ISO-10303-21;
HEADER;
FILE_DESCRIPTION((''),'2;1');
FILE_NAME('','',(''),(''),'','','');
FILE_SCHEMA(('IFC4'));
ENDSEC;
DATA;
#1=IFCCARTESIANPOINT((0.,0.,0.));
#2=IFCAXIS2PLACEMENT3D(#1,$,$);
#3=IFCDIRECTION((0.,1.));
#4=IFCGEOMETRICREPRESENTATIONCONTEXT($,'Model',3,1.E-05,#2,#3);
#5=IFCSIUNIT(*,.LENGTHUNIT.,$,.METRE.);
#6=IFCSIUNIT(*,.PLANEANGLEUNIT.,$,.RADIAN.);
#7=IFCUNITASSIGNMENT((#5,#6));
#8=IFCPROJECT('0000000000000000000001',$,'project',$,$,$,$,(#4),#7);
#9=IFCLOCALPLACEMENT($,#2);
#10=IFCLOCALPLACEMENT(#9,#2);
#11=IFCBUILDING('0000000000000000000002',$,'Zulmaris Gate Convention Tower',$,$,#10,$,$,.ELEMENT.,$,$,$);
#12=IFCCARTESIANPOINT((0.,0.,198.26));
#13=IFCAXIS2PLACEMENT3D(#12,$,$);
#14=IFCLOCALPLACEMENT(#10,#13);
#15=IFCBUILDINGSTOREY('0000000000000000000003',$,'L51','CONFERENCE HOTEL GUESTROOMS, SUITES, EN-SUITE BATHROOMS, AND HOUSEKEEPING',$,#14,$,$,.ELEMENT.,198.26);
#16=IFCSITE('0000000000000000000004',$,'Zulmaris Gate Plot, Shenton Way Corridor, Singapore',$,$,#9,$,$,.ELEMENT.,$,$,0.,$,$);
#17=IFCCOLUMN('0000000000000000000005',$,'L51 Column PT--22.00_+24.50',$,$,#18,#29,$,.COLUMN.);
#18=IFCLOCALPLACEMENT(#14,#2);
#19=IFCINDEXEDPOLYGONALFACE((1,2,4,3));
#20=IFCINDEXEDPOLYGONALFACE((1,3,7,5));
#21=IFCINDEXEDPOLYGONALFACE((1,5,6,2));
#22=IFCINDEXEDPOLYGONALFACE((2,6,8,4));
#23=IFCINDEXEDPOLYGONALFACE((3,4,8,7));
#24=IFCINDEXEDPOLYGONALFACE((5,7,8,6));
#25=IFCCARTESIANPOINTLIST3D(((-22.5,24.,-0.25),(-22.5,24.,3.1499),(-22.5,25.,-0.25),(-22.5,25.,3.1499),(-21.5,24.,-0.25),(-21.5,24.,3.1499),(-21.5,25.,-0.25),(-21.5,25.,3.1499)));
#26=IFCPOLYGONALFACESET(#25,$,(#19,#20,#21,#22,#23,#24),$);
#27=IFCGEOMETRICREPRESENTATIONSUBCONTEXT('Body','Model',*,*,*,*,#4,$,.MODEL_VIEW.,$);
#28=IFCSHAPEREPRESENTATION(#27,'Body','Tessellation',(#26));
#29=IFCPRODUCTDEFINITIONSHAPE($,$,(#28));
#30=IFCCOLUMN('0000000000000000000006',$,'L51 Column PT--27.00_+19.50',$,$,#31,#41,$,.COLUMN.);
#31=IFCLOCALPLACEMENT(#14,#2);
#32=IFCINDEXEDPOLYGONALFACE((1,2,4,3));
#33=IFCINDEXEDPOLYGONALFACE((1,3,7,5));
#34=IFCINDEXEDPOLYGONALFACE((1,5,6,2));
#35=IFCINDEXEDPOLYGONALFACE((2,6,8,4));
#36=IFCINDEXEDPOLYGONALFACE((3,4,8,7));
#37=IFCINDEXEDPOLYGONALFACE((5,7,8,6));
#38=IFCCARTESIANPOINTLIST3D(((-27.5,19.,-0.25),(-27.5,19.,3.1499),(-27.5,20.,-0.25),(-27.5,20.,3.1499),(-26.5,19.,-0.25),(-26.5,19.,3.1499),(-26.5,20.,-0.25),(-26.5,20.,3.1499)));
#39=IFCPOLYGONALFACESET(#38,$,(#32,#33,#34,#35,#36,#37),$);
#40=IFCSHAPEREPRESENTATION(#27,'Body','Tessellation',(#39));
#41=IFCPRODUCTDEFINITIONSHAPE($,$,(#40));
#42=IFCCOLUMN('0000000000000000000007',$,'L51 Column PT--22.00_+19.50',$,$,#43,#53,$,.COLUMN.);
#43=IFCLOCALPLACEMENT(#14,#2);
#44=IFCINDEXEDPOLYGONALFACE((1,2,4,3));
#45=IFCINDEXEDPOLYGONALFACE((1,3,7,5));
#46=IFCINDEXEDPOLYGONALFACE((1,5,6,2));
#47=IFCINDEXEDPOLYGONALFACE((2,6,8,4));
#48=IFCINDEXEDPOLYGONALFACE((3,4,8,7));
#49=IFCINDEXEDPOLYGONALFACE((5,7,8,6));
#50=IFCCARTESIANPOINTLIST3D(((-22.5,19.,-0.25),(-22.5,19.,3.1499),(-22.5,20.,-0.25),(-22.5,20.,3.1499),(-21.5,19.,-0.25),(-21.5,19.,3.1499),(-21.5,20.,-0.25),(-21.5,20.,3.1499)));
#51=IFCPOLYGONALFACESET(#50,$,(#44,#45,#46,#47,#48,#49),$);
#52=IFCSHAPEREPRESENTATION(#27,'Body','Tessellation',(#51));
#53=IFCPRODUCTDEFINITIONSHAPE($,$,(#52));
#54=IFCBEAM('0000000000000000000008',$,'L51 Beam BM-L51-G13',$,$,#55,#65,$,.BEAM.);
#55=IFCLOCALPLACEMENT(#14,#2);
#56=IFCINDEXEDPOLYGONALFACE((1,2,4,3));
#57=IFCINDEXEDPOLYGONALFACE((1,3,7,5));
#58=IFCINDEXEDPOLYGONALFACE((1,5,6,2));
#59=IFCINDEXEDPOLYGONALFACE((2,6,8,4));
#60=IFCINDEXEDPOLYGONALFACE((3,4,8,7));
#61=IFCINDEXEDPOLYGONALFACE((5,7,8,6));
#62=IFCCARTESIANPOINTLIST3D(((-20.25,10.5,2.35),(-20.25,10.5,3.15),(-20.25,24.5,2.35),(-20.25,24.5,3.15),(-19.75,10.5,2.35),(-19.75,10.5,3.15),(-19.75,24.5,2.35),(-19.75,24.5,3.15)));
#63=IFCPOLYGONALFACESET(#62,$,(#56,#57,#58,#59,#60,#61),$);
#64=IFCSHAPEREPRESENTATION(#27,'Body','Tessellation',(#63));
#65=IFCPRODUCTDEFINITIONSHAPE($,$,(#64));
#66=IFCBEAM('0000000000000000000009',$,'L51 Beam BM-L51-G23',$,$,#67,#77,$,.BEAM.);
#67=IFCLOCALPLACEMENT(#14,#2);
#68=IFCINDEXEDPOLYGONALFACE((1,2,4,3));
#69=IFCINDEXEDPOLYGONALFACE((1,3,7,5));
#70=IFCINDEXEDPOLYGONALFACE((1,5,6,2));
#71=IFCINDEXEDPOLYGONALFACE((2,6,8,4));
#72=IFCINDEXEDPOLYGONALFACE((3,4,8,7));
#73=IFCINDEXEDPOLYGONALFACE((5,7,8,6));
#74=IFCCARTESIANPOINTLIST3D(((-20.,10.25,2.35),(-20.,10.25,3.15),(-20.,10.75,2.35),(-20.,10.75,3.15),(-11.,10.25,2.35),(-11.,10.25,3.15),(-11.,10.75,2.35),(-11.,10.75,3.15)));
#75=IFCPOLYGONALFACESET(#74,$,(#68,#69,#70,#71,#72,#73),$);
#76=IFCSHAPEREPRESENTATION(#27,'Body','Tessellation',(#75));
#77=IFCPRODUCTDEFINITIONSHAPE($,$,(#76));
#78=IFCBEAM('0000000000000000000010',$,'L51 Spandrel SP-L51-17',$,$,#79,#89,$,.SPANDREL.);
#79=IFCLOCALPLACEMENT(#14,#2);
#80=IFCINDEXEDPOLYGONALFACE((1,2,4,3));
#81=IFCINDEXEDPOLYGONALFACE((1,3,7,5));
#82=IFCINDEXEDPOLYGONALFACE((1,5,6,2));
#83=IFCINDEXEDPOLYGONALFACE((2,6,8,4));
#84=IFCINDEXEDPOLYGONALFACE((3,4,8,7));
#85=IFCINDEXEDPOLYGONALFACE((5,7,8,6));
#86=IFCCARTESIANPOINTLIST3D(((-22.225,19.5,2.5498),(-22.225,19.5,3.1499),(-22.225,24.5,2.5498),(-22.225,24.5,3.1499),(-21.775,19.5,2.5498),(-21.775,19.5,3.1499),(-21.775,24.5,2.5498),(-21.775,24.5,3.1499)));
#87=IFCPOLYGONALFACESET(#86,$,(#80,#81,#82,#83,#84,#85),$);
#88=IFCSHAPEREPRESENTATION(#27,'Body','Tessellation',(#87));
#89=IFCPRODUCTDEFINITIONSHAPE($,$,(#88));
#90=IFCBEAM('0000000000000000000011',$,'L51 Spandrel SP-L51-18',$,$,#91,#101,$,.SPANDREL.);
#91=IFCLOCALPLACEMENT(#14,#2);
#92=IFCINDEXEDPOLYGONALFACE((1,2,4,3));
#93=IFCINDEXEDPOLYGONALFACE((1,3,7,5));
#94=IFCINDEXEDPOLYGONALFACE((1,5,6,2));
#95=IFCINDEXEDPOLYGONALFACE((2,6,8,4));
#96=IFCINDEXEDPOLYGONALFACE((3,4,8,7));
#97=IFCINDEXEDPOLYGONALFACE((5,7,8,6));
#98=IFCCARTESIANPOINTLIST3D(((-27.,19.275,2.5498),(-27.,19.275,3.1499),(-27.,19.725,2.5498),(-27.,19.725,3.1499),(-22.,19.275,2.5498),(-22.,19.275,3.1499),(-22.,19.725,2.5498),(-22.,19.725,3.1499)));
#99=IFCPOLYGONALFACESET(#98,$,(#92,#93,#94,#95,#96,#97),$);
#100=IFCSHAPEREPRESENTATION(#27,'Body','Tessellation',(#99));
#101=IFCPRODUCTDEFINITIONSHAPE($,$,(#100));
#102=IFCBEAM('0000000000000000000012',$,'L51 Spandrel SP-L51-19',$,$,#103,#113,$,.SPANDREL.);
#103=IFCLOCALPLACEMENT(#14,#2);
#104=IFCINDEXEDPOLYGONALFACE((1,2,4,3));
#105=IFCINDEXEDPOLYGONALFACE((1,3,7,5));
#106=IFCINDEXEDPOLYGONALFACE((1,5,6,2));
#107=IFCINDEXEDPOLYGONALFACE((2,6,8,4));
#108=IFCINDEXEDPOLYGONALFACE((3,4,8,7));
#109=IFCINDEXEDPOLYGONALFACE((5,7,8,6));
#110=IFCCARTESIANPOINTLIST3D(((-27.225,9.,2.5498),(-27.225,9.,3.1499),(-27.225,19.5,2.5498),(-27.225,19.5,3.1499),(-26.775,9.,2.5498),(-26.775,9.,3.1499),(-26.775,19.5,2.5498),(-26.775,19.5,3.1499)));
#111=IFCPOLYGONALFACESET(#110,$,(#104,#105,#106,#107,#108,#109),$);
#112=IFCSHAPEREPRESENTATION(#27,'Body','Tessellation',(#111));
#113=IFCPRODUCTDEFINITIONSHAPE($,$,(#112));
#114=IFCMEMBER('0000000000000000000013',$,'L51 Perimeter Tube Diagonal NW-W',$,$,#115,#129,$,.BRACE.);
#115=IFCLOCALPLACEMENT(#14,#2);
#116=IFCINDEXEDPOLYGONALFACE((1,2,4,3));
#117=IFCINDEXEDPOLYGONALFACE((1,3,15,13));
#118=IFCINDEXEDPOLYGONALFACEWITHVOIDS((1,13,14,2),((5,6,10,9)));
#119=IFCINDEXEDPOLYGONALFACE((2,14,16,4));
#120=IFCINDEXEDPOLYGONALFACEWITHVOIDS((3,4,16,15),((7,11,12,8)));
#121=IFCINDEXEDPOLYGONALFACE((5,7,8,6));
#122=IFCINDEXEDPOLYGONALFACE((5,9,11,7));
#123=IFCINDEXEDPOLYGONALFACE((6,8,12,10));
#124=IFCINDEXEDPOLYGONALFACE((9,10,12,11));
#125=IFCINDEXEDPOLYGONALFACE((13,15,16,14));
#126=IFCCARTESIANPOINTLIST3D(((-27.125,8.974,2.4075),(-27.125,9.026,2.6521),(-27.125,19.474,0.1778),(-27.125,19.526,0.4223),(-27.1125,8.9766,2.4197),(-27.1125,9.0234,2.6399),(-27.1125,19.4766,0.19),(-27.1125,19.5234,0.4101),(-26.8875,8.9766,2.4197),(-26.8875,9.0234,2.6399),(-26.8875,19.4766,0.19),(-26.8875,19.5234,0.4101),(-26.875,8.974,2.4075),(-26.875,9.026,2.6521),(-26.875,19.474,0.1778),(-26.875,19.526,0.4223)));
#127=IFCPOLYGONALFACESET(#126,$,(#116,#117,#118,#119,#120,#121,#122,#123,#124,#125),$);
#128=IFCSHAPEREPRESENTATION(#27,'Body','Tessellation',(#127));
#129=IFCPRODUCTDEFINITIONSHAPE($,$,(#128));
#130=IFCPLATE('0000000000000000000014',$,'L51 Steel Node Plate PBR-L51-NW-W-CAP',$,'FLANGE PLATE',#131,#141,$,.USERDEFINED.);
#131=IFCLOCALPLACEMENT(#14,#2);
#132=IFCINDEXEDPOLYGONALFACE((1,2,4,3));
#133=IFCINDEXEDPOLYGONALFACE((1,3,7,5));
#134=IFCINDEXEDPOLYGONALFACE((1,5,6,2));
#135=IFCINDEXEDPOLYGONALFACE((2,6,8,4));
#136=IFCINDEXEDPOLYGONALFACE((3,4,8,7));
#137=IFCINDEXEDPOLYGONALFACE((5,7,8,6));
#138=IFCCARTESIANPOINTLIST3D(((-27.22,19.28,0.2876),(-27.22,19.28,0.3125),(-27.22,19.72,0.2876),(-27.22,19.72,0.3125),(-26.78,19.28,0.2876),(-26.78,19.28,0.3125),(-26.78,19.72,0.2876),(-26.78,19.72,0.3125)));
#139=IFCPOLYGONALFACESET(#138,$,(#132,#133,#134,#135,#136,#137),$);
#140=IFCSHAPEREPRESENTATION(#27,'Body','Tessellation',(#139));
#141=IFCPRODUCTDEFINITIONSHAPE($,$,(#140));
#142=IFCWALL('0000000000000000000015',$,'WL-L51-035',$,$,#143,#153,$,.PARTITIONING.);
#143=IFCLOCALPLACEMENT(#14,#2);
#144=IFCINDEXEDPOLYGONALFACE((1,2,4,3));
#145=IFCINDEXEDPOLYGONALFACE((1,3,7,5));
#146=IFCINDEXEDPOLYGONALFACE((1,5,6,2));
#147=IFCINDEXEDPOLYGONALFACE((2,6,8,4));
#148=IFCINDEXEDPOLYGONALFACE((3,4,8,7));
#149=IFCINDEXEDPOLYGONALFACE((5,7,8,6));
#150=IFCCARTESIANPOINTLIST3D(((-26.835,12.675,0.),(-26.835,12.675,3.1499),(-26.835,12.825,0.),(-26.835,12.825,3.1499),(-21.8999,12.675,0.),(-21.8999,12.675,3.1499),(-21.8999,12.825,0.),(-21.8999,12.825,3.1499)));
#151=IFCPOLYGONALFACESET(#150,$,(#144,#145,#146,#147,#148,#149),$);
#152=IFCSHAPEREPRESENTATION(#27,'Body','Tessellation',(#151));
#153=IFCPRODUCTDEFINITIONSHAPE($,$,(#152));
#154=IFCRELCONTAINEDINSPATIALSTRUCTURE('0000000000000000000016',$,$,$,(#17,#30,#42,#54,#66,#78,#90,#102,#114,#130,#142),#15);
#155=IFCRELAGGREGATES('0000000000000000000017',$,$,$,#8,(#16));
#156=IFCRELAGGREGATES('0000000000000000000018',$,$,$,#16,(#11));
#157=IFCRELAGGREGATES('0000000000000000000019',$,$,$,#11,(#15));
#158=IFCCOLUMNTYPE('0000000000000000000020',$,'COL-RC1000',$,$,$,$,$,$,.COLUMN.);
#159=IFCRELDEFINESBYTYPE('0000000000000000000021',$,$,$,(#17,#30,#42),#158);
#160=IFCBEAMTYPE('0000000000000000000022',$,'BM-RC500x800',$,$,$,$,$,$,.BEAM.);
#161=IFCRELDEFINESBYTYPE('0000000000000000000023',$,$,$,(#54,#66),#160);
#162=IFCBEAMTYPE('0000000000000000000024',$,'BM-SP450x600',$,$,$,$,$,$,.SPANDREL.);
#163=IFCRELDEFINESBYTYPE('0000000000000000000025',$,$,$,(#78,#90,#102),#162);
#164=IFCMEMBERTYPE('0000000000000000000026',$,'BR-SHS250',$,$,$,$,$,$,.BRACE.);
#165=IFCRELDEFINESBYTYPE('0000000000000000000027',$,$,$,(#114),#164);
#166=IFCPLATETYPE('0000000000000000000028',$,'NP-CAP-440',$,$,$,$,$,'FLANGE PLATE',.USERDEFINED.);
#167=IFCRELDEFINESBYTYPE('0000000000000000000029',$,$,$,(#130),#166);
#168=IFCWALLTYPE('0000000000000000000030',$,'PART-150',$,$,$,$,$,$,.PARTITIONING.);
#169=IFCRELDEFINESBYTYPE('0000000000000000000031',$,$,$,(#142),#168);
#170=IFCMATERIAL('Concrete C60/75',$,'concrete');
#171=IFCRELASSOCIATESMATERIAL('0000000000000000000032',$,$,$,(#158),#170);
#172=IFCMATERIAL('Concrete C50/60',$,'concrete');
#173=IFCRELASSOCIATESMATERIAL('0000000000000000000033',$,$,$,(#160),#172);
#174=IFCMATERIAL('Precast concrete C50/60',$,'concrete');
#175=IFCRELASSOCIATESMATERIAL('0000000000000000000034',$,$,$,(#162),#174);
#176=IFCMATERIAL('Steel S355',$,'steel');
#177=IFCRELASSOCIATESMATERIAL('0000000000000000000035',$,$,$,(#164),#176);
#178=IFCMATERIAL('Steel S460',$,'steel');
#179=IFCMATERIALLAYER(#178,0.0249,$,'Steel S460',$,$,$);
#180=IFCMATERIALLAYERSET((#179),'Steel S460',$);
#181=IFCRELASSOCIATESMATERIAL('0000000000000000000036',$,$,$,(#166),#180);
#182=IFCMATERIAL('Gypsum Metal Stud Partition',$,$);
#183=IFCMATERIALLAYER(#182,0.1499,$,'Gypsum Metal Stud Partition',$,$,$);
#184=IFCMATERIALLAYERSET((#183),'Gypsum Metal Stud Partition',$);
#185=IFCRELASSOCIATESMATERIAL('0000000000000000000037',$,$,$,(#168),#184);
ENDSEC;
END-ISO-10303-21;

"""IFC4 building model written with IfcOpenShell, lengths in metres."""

from ifc_helpers import new_model, si_unit, direction, frame, frame_2d, origin, origin_2d, place, context, subcontext, project, spatial, rectangle, hollow_rectangle, extrude, material, layer, layer_set, material_profile, profile_set, type_object, element, save


model = new_model("IFC4")

# Units and contexts
model_context = context("Model", 3, precision=1e-05, world=origin(), true_north=direction((0.0, 1.0)))
body_context = subcontext(model_context, "Body", "Model", "MODEL_VIEW")
ifc_project = project(units=[si_unit("LENGTHUNIT", "METRE"), si_unit("PLANEANGLEUNIT", "RADIAN")], contexts=[model_context])

# Site, building, storey
site_placement = place(None, origin())
site = spatial("IfcSite", under=ifc_project, at=site_placement, Name="Zulmaris Gate Plot, Shenton Way Corridor, Singapore", CompositionType="ELEMENT", RefElevation=0.0)
building_placement = place(site_placement, origin())
building = spatial("IfcBuilding", under=site, at=building_placement, Name="Zulmaris Gate Convention Tower", CompositionType="ELEMENT")
storey_placement = place(building_placement, frame((0.0, 0.0, 198.26)))
storey = spatial("IfcBuildingStorey", under=building, at=storey_placement, Name="L51", Description="CONFERENCE HOTEL GUESTROOMS, SUITES, EN-SUITE BATHROOMS, AND HOUSEKEEPING", CompositionType="ELEMENT", Elevation=198.26)

# Columns
ifc_material_1 = material(Name="Concrete C60/75", Category="concrete")
ifc_material_profile_1 = material_profile(ifc_material_1, rectangle(XDim=1.0, YDim=1.0, at=origin_2d()), Name="RC COL 1000x1000")
ifc_profile_set_1 = profile_set([ifc_material_profile_1], Name="Concrete C60/75")
column_type = type_object("IfcColumnType", Name="COL-RC1000", PredefinedType="COLUMN", material=ifc_profile_set_1)
for number, where, z_axis, x_axis, name in (
    (1, (-22.0, 24.5, -0.25), (0.0, 0.0, 1.0), (1.0, 0.0, 0.0), "L51 Column PT--22.00_+24.50"),
    (2, (-27.0, 19.5, -0.25), (0.0, 0.0, 1.0), (1.0, 0.0, 0.0), "L51 Column PT--27.00_+19.50"),
    (3, (-22.0, 19.5, -0.25), (0.0, 0.0, 1.0), (1.0, 0.0, 0.0), "L51 Column PT--22.00_+19.50"),
):
    element("IfcColumn", number, at=place(storey_placement, frame(where, z_axis=z_axis, x_axis=x_axis)), inside=storey, type_object=column_type, Name=name, PredefinedType="COLUMN", context=body_context, shape_type="SweptSolid", body=[
        extrude(rectangle(XDim=1.0, YDim=1.0, at=origin_2d()), origin(), (0.0, 0.0, 1.0), 3.3999),
    ])

# Beams
ifc_material_2 = material(Name="Concrete C50/60", Category="concrete")
ifc_material_profile_2 = material_profile(ifc_material_2, rectangle(XDim=0.5, YDim=0.8, at=origin_2d()), Name="RC BEAM 500x800")
ifc_profile_set_2 = profile_set([ifc_material_profile_2], Name="Concrete C50/60")
beam_type_1 = type_object("IfcBeamType", Name="BM-RC500x800", PredefinedType="BEAM", material=ifc_profile_set_2)
beam_1_placement = place(storey_placement, frame((-20.0, 10.5, 2.75), z_axis=(0.0, 1.0, 0.0), x_axis=(-1.0, 0.0, 0.0)))
element("IfcBeam", 4, at=beam_1_placement, inside=storey, type_object=beam_type_1, Name="L51 Beam BM-L51-G13", PredefinedType="BEAM", context=body_context, shape_type="SweptSolid", body=[
    extrude(rectangle(XDim=0.5, YDim=0.8, at=origin_2d()), origin(), (0.0, 0.0, 1.0), 14.0),
])
beam_2_placement = place(storey_placement, frame((-20.0, 10.5, 2.75), z_axis=(1.0, 0.0, 0.0), x_axis=(0.0, 1.0, 0.0)))
element("IfcBeam", 5, at=beam_2_placement, inside=storey, type_object=beam_type_1, Name="L51 Beam BM-L51-G23", PredefinedType="BEAM", context=body_context, shape_type="SweptSolid", body=[
    extrude(rectangle(XDim=0.5, YDim=0.8, at=origin_2d()), origin(), (0.0, 0.0, 1.0), 9.0),
])
ifc_material_3 = material(Name="Precast concrete C50/60", Category="concrete")
ifc_material_profile_3 = material_profile(ifc_material_3, rectangle(XDim=0.45, YDim=0.6001, at=origin_2d()), Name="RC SPANDREL 450x600")
ifc_profile_set_3 = profile_set([ifc_material_profile_3], Name="Precast concrete C50/60")
beam_type_2 = type_object("IfcBeamType", Name="BM-SP450x600", PredefinedType="SPANDREL", material=ifc_profile_set_3)
for number, where, z_axis, x_axis, name in (
    (6, (-22.0, 24.5, 2.8499), (0.0, -1.0, 0.0), (1.0, 0.0, 0.0), "L51 Spandrel SP-L51-17"),
    (7, (-22.0, 19.5, 2.8499), (-1.0, 0.0, 0.0), (0.0, -1.0, 0.0), "L51 Spandrel SP-L51-18"),
):
    element("IfcBeam", number, at=place(storey_placement, frame(where, z_axis=z_axis, x_axis=x_axis)), inside=storey, type_object=beam_type_2, Name=name, PredefinedType="SPANDREL", context=body_context, shape_type="SweptSolid", body=[
        extrude(rectangle(XDim=0.45, YDim=0.6001, at=origin_2d()), origin(), (0.0, 0.0, 1.0), 5.0),
    ])
beam_3_placement = place(storey_placement, frame((-27.0, 19.5, 2.8499), z_axis=(0.0, -1.0, 0.0), x_axis=(1.0, 0.0, 0.0)))
element("IfcBeam", 8, at=beam_3_placement, inside=storey, type_object=beam_type_2, Name="L51 Spandrel SP-L51-19", PredefinedType="SPANDREL", context=body_context, shape_type="SweptSolid", body=[
    extrude(rectangle(XDim=0.45, YDim=0.6001, at=origin_2d()), origin(), (0.0, 0.0, 1.0), 10.5),
])

# Member
ifc_material_4 = material(Name="Steel S355", Category="steel")
ifc_material_profile_4 = material_profile(ifc_material_4, hollow_rectangle(XDim=0.25, YDim=0.25, WallThickness=0.0125, at=origin_2d()), Name="SHS 250x250x12.5")
ifc_profile_set_4 = profile_set([ifc_material_profile_4], Name="Steel S355")
member_type = type_object("IfcMemberType", Name="BR-SHS250", PredefinedType="BRACE", material=ifc_profile_set_4)
member_placement = place(storey_placement, frame((-27.0, 19.5, 0.3), z_axis=(0.0, -0.978188, 0.207724), x_axis=(1.0, 0.0, 0.0)))
element("IfcMember", 9, at=member_placement, inside=storey, type_object=member_type, Name="L51 Perimeter Tube Diagonal NW-W", PredefinedType="BRACE", context=body_context, shape_type="SweptSolid", body=[
    extrude(hollow_rectangle(XDim=0.25, YDim=0.25, WallThickness=0.0125, at=origin_2d()), origin(), (0.0, 0.0, 1.0), 10.7341),
])

# Plate
ifc_material_5 = material(Name="Steel S460", Category="steel")
ifc_layer_1 = layer(ifc_material_5, 0.0249, Name="Steel S460")
ifc_layer_set_1 = layer_set([ifc_layer_1], Name="Steel S460")
plate_type = type_object("IfcPlateType", Name="NP-CAP-440", ElementType="FLANGE PLATE", PredefinedType="USERDEFINED", material=ifc_layer_set_1)
plate_placement = place(storey_placement, frame((-27.0, 19.5, 0.2876), z_axis=(0.0, 0.0, 1.0), x_axis=(1.0, 0.0, 0.0)))
element("IfcPlate", 10, at=plate_placement, inside=storey, type_object=plate_type, Name="L51 Steel Node Plate PBR-L51-NW-W-CAP", ObjectType="FLANGE PLATE", PredefinedType="USERDEFINED", context=body_context, shape_type="SweptSolid", body=[
    extrude(rectangle(XDim=0.4399, YDim=0.4399, at=origin_2d()), origin(), (0.0, 0.0, 1.0), 0.0249),
])

# Wall
ifc_material_6 = material(Name="Gypsum Metal Stud Partition")
ifc_layer_2 = layer(ifc_material_6, 0.1499, Name="Gypsum Metal Stud Partition")
ifc_layer_set_2 = layer_set([ifc_layer_2], Name="Gypsum Metal Stud Partition")
wall_type_1 = type_object("IfcWallType", Name="PART-150", PredefinedType="PARTITIONING", material=ifc_layer_set_2)
wall_1_placement = place(storey_placement, frame((-26.835, 12.75, 0.0), z_axis=(0.0, 0.0, 1.0), x_axis=(1.0, 0.0, 0.0)))
element("IfcWall", 11, at=wall_1_placement, inside=storey, type_object=wall_type_1, Name="WL-L51-035", PredefinedType="PARTITIONING", context=body_context, shape_type="SweptSolid", body=[
    extrude(rectangle(XDim=4.9351, YDim=0.1499, at=frame_2d((2.4675, 0.0))), origin(), (0.0, 0.0, 1.0), 3.1499),
])

save(model, "model.ifc")
